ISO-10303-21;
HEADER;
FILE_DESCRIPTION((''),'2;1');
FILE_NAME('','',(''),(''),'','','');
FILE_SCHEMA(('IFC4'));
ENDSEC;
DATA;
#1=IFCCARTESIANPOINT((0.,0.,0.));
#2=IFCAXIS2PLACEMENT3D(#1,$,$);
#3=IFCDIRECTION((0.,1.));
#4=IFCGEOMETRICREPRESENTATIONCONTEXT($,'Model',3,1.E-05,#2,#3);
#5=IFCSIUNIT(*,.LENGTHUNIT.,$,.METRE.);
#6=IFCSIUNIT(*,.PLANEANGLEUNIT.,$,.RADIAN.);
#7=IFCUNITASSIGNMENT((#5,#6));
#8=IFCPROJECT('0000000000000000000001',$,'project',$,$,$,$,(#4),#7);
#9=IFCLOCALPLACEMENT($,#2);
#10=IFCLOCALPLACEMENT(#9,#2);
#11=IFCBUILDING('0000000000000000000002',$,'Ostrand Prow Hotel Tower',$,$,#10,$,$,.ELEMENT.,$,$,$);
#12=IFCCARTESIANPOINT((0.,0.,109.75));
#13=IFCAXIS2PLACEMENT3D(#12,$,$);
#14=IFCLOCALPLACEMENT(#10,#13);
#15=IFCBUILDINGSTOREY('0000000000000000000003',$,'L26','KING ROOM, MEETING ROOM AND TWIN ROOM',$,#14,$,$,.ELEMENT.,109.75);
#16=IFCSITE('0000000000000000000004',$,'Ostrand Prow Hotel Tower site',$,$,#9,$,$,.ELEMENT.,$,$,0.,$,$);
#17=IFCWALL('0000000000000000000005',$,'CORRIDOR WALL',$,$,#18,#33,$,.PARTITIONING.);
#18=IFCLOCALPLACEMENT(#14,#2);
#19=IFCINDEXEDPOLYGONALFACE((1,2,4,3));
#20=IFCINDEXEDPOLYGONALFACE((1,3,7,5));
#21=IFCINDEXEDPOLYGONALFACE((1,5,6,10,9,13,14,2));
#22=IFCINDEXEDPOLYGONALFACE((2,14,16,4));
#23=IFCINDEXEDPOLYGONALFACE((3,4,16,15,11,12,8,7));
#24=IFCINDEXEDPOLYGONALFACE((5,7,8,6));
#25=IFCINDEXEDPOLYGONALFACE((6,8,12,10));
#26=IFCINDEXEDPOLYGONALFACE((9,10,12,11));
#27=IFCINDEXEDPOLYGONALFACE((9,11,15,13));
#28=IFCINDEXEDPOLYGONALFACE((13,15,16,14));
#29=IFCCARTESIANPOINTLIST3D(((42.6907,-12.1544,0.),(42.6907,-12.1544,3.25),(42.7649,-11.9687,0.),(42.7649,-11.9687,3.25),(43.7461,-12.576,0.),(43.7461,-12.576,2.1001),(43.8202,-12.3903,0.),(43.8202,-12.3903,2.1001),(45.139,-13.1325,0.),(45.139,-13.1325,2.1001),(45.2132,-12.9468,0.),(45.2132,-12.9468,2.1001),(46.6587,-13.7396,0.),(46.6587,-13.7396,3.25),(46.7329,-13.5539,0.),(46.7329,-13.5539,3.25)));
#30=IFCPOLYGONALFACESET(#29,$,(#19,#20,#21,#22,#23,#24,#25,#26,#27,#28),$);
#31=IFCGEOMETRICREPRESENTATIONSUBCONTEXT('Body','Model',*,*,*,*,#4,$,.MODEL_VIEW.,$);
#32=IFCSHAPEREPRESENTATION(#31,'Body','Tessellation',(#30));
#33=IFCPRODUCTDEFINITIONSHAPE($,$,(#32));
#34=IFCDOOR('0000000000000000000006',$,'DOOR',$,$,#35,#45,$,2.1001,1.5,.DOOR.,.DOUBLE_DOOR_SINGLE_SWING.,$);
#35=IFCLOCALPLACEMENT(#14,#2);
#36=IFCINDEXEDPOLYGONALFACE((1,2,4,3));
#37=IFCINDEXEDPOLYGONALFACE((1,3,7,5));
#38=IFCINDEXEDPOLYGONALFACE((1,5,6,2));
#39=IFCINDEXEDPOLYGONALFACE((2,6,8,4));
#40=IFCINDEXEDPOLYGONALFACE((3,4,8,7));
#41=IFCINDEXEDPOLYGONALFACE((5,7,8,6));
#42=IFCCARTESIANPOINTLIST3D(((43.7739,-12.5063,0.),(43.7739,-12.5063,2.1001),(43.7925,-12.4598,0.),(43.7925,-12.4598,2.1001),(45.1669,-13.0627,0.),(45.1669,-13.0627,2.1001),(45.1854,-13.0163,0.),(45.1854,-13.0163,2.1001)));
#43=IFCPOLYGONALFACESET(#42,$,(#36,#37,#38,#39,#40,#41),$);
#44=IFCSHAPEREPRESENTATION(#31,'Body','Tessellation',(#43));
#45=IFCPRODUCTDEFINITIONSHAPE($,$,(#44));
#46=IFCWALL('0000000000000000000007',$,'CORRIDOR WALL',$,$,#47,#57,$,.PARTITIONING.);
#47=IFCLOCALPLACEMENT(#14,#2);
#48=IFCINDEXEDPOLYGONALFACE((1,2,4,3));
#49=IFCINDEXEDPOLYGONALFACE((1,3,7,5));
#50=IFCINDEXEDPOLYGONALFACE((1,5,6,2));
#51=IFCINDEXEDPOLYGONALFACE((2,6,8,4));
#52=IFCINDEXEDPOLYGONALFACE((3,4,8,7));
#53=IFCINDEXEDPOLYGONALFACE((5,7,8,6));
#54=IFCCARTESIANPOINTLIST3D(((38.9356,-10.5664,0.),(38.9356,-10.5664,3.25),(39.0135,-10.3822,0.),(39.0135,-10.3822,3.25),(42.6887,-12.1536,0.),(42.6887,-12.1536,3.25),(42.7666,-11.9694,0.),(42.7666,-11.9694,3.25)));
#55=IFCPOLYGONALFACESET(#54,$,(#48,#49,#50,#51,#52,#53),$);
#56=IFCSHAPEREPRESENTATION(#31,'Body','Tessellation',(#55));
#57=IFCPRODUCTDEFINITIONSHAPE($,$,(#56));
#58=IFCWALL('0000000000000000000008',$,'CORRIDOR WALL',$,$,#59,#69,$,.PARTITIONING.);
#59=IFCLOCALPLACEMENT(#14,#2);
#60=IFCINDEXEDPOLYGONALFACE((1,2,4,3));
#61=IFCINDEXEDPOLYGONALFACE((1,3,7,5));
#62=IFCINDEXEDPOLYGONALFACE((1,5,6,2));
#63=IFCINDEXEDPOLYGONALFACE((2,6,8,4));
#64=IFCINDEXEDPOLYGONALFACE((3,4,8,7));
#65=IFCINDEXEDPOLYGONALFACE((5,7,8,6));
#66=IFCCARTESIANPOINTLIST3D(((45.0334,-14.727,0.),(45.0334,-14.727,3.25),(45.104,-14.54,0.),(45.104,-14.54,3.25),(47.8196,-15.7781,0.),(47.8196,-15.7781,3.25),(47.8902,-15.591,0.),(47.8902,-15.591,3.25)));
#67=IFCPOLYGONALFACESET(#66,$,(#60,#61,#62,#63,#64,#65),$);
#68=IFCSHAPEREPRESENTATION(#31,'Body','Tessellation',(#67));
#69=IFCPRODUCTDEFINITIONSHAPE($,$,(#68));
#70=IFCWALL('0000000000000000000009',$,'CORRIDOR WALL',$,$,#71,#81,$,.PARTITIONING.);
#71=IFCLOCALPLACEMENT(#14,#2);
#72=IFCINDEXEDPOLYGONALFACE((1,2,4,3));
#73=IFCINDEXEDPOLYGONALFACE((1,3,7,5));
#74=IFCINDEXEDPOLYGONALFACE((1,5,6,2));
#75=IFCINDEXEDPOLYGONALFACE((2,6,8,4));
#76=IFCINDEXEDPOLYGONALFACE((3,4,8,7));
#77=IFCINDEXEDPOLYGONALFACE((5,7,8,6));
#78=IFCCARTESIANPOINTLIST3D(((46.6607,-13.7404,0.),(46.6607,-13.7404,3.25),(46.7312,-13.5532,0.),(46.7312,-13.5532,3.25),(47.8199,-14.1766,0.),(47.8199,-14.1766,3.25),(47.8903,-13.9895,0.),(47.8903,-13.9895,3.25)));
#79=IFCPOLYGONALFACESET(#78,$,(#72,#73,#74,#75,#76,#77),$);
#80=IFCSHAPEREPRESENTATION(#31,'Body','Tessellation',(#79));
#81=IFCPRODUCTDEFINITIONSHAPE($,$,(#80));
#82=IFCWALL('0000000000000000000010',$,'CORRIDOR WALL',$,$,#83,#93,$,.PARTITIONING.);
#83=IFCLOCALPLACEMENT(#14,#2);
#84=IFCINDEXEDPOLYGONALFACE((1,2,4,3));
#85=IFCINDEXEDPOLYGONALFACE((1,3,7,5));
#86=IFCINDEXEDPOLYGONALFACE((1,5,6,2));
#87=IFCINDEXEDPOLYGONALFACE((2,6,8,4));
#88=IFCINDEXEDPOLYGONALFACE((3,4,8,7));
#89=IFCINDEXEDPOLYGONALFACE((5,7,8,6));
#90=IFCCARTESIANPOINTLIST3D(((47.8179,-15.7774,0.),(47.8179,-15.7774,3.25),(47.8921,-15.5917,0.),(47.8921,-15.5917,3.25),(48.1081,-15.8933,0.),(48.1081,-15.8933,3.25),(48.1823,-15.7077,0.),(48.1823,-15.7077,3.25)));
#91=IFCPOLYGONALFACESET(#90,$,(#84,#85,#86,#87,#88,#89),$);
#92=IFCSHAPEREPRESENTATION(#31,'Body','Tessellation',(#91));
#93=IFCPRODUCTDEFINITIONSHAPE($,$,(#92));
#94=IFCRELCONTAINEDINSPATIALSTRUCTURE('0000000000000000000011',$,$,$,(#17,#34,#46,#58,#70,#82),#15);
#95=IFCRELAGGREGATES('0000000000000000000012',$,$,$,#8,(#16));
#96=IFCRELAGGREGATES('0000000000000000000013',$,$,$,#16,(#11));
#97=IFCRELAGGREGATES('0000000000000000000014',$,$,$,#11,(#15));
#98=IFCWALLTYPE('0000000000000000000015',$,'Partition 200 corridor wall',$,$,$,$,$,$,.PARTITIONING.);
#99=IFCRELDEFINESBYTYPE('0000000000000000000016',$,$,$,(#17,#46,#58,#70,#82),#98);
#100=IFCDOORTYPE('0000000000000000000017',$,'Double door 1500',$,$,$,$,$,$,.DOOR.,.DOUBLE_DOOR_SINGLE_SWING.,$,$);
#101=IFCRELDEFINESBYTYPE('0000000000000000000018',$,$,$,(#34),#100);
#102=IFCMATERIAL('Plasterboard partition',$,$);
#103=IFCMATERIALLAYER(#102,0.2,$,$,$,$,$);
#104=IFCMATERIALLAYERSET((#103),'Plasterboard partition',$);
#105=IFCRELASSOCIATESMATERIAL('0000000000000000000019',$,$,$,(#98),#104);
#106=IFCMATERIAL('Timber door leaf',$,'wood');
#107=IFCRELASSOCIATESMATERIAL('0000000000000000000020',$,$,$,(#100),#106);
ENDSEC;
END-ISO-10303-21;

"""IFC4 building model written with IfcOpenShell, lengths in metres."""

from ifc_helpers import new_model, si_unit, direction, frame, frame_2d, origin, place, context, subcontext, project, spatial, rectangle, extrude, material, layer, layer_set, type_object, element, fill, save


model = new_model("IFC4")

# Units and contexts
model_context = context("Model", 3, precision=1e-05, world=origin(), true_north=direction((0.0, 1.0)))
body_context = subcontext(model_context, "Body", "Model", "MODEL_VIEW")
ifc_project = project(units=[si_unit("LENGTHUNIT", "METRE"), si_unit("PLANEANGLEUNIT", "RADIAN")], contexts=[model_context])

# Site, building, storey
site_placement = place(None, origin())
site = spatial("IfcSite", under=ifc_project, at=site_placement, Name="Ostrand Prow Hotel Tower site", CompositionType="ELEMENT", RefElevation=0.0)
building_placement = place(site_placement, origin())
building = spatial("IfcBuilding", under=site, at=building_placement, Name="Ostrand Prow Hotel Tower", CompositionType="ELEMENT")
storey_placement = place(building_placement, frame((0.0, 0.0, 109.75)))
storey = spatial("IfcBuildingStorey", under=building, at=storey_placement, Name="L26", Description="KING ROOM, MEETING ROOM AND TWIN ROOM", CompositionType="ELEMENT", Elevation=109.75)

# Wall, opening, door
ifc_material_1 = material(Name="Plasterboard partition")
ifc_layer_1 = layer(ifc_material_1, 0.2)
ifc_layer_set_1 = layer_set([ifc_layer_1], Name="Plasterboard partition")
wall_type_1 = type_object("IfcWallType", Name="Partition 200 corridor wall", PredefinedType="PARTITIONING", material=ifc_layer_set_1)
wall_1_placement = place(storey_placement, frame((46.6958, -13.6467, 0.0), z_axis=(0.0, 0.0, 1.0), x_axis=(-0.928638, 0.370987, 0.0)))
wall_1 = element("IfcWall", 1, at=wall_1_placement, inside=storey, type_object=wall_type_1, Name="CORRIDOR WALL", PredefinedType="PARTITIONING", context=body_context, shape_type="SweptSolid", body=[
    extrude(rectangle(XDim=4.2729, YDim=0.2, at=frame_2d((2.1365, 0.0))), origin(), (0.0, 0.0, 1.0), 3.25),
])
opening_1_placement = place(wall_1_placement, frame((1.6365, 0.0, 0.0)))
opening_1 = element("IfcOpeningElement", 2, at=opening_1_placement, cuts=wall_1, PredefinedType="OPENING", context=body_context, shape_type="SweptSolid", body=[
    extrude(rectangle(XDim=1.5, YDim=2.1001, at=frame_2d((0.75, 1.05))), frame((0.0, 0.1099, 0.0), z_axis=(0.0, -1.0, 0.0), x_axis=(1.0, 0.0, 0.0)), (0.0, 0.0, 1.0), 0.22),
])
ifc_material_2 = material(Name="Timber door leaf", Category="wood")
door_type_1 = type_object("IfcDoorType", Name="Double door 1500", OperationType="DOUBLE_DOOR_SINGLE_SWING", PredefinedType="DOOR", material=ifc_material_2)
door_1_placement = place(opening_1_placement, origin())
door_1 = element("IfcDoor", 3, at=door_1_placement, inside=storey, type_object=door_type_1, Name="DOOR", OperationType="DOUBLE_DOOR_SINGLE_SWING", OverallHeight=2.1001, OverallWidth=1.5, PredefinedType="DOOR", context=body_context, shape_type="SweptSolid", body=[
    extrude(rectangle(XDim=1.5, YDim=2.1001, at=frame_2d((0.75, 1.05))), frame((0.0, 0.0249, 0.0), z_axis=(0.0, -1.0, 0.0), x_axis=(1.0, 0.0, 0.0)), (0.0, 0.0, 1.0), 0.05),
])
fill(opening_1, door_1)

# Walls
wall_2_placement = place(storey_placement, frame((42.7278, -12.0615, 0.0), z_axis=(0.0, 0.0, 1.0), x_axis=(-0.921031, 0.389489, 0.0)))
element("IfcWall", 4, at=wall_2_placement, inside=storey, type_object=wall_type_1, Name="CORRIDOR WALL", PredefinedType="PARTITIONING", context=body_context, shape_type="SweptSolid", body=[
    extrude(rectangle(XDim=4.075, YDim=0.2, at=frame_2d((2.0376, 0.0))), origin(), (0.0, 0.0, 1.0), 3.25),
])
wall_3_placement = place(storey_placement, frame((45.0688, -14.6335, 0.0), z_axis=(0.0, 0.0, 1.0), x_axis=(0.93564, -0.352956, 0.0)))
element("IfcWall", 5, at=wall_3_placement, inside=storey, type_object=wall_type_1, Name="CORRIDOR WALL", PredefinedType="PARTITIONING", context=body_context, shape_type="SweptSolid", body=[
    extrude(rectangle(XDim=2.9778, YDim=0.2, at=frame_2d((1.4888, 0.0))), origin(), (0.0, 0.0, 1.0), 3.25),
])
wall_4_placement = place(storey_placement, frame((47.855, -14.083, 0.0), z_axis=(0.0, 0.0, 1.0), x_axis=(-0.935907, 0.352246, 0.0)))
element("IfcWall", 6, at=wall_4_placement, inside=storey, type_object=wall_type_1, Name="CORRIDOR WALL", PredefinedType="PARTITIONING", context=body_context, shape_type="SweptSolid", body=[
    extrude(rectangle(XDim=1.2385, YDim=0.2, at=frame_2d((0.6191, 0.0))), origin(), (0.0, 0.0, 1.0), 3.25),
])
wall_5_placement = place(storey_placement, frame((47.855, -15.6846, 0.0), z_axis=(0.0, 0.0, 1.0), x_axis=(0.928638, -0.370987, 0.0)))
element("IfcWall", 7, at=wall_5_placement, inside=storey, type_object=wall_type_1, Name="CORRIDOR WALL", PredefinedType="PARTITIONING", context=body_context, shape_type="SweptSolid", body=[
    extrude(rectangle(XDim=0.3125, YDim=0.2, at=frame_2d((0.1562, 0.0))), origin(), (0.0, 0.0, 1.0), 3.25),
])

save(model, "model.ifc")
